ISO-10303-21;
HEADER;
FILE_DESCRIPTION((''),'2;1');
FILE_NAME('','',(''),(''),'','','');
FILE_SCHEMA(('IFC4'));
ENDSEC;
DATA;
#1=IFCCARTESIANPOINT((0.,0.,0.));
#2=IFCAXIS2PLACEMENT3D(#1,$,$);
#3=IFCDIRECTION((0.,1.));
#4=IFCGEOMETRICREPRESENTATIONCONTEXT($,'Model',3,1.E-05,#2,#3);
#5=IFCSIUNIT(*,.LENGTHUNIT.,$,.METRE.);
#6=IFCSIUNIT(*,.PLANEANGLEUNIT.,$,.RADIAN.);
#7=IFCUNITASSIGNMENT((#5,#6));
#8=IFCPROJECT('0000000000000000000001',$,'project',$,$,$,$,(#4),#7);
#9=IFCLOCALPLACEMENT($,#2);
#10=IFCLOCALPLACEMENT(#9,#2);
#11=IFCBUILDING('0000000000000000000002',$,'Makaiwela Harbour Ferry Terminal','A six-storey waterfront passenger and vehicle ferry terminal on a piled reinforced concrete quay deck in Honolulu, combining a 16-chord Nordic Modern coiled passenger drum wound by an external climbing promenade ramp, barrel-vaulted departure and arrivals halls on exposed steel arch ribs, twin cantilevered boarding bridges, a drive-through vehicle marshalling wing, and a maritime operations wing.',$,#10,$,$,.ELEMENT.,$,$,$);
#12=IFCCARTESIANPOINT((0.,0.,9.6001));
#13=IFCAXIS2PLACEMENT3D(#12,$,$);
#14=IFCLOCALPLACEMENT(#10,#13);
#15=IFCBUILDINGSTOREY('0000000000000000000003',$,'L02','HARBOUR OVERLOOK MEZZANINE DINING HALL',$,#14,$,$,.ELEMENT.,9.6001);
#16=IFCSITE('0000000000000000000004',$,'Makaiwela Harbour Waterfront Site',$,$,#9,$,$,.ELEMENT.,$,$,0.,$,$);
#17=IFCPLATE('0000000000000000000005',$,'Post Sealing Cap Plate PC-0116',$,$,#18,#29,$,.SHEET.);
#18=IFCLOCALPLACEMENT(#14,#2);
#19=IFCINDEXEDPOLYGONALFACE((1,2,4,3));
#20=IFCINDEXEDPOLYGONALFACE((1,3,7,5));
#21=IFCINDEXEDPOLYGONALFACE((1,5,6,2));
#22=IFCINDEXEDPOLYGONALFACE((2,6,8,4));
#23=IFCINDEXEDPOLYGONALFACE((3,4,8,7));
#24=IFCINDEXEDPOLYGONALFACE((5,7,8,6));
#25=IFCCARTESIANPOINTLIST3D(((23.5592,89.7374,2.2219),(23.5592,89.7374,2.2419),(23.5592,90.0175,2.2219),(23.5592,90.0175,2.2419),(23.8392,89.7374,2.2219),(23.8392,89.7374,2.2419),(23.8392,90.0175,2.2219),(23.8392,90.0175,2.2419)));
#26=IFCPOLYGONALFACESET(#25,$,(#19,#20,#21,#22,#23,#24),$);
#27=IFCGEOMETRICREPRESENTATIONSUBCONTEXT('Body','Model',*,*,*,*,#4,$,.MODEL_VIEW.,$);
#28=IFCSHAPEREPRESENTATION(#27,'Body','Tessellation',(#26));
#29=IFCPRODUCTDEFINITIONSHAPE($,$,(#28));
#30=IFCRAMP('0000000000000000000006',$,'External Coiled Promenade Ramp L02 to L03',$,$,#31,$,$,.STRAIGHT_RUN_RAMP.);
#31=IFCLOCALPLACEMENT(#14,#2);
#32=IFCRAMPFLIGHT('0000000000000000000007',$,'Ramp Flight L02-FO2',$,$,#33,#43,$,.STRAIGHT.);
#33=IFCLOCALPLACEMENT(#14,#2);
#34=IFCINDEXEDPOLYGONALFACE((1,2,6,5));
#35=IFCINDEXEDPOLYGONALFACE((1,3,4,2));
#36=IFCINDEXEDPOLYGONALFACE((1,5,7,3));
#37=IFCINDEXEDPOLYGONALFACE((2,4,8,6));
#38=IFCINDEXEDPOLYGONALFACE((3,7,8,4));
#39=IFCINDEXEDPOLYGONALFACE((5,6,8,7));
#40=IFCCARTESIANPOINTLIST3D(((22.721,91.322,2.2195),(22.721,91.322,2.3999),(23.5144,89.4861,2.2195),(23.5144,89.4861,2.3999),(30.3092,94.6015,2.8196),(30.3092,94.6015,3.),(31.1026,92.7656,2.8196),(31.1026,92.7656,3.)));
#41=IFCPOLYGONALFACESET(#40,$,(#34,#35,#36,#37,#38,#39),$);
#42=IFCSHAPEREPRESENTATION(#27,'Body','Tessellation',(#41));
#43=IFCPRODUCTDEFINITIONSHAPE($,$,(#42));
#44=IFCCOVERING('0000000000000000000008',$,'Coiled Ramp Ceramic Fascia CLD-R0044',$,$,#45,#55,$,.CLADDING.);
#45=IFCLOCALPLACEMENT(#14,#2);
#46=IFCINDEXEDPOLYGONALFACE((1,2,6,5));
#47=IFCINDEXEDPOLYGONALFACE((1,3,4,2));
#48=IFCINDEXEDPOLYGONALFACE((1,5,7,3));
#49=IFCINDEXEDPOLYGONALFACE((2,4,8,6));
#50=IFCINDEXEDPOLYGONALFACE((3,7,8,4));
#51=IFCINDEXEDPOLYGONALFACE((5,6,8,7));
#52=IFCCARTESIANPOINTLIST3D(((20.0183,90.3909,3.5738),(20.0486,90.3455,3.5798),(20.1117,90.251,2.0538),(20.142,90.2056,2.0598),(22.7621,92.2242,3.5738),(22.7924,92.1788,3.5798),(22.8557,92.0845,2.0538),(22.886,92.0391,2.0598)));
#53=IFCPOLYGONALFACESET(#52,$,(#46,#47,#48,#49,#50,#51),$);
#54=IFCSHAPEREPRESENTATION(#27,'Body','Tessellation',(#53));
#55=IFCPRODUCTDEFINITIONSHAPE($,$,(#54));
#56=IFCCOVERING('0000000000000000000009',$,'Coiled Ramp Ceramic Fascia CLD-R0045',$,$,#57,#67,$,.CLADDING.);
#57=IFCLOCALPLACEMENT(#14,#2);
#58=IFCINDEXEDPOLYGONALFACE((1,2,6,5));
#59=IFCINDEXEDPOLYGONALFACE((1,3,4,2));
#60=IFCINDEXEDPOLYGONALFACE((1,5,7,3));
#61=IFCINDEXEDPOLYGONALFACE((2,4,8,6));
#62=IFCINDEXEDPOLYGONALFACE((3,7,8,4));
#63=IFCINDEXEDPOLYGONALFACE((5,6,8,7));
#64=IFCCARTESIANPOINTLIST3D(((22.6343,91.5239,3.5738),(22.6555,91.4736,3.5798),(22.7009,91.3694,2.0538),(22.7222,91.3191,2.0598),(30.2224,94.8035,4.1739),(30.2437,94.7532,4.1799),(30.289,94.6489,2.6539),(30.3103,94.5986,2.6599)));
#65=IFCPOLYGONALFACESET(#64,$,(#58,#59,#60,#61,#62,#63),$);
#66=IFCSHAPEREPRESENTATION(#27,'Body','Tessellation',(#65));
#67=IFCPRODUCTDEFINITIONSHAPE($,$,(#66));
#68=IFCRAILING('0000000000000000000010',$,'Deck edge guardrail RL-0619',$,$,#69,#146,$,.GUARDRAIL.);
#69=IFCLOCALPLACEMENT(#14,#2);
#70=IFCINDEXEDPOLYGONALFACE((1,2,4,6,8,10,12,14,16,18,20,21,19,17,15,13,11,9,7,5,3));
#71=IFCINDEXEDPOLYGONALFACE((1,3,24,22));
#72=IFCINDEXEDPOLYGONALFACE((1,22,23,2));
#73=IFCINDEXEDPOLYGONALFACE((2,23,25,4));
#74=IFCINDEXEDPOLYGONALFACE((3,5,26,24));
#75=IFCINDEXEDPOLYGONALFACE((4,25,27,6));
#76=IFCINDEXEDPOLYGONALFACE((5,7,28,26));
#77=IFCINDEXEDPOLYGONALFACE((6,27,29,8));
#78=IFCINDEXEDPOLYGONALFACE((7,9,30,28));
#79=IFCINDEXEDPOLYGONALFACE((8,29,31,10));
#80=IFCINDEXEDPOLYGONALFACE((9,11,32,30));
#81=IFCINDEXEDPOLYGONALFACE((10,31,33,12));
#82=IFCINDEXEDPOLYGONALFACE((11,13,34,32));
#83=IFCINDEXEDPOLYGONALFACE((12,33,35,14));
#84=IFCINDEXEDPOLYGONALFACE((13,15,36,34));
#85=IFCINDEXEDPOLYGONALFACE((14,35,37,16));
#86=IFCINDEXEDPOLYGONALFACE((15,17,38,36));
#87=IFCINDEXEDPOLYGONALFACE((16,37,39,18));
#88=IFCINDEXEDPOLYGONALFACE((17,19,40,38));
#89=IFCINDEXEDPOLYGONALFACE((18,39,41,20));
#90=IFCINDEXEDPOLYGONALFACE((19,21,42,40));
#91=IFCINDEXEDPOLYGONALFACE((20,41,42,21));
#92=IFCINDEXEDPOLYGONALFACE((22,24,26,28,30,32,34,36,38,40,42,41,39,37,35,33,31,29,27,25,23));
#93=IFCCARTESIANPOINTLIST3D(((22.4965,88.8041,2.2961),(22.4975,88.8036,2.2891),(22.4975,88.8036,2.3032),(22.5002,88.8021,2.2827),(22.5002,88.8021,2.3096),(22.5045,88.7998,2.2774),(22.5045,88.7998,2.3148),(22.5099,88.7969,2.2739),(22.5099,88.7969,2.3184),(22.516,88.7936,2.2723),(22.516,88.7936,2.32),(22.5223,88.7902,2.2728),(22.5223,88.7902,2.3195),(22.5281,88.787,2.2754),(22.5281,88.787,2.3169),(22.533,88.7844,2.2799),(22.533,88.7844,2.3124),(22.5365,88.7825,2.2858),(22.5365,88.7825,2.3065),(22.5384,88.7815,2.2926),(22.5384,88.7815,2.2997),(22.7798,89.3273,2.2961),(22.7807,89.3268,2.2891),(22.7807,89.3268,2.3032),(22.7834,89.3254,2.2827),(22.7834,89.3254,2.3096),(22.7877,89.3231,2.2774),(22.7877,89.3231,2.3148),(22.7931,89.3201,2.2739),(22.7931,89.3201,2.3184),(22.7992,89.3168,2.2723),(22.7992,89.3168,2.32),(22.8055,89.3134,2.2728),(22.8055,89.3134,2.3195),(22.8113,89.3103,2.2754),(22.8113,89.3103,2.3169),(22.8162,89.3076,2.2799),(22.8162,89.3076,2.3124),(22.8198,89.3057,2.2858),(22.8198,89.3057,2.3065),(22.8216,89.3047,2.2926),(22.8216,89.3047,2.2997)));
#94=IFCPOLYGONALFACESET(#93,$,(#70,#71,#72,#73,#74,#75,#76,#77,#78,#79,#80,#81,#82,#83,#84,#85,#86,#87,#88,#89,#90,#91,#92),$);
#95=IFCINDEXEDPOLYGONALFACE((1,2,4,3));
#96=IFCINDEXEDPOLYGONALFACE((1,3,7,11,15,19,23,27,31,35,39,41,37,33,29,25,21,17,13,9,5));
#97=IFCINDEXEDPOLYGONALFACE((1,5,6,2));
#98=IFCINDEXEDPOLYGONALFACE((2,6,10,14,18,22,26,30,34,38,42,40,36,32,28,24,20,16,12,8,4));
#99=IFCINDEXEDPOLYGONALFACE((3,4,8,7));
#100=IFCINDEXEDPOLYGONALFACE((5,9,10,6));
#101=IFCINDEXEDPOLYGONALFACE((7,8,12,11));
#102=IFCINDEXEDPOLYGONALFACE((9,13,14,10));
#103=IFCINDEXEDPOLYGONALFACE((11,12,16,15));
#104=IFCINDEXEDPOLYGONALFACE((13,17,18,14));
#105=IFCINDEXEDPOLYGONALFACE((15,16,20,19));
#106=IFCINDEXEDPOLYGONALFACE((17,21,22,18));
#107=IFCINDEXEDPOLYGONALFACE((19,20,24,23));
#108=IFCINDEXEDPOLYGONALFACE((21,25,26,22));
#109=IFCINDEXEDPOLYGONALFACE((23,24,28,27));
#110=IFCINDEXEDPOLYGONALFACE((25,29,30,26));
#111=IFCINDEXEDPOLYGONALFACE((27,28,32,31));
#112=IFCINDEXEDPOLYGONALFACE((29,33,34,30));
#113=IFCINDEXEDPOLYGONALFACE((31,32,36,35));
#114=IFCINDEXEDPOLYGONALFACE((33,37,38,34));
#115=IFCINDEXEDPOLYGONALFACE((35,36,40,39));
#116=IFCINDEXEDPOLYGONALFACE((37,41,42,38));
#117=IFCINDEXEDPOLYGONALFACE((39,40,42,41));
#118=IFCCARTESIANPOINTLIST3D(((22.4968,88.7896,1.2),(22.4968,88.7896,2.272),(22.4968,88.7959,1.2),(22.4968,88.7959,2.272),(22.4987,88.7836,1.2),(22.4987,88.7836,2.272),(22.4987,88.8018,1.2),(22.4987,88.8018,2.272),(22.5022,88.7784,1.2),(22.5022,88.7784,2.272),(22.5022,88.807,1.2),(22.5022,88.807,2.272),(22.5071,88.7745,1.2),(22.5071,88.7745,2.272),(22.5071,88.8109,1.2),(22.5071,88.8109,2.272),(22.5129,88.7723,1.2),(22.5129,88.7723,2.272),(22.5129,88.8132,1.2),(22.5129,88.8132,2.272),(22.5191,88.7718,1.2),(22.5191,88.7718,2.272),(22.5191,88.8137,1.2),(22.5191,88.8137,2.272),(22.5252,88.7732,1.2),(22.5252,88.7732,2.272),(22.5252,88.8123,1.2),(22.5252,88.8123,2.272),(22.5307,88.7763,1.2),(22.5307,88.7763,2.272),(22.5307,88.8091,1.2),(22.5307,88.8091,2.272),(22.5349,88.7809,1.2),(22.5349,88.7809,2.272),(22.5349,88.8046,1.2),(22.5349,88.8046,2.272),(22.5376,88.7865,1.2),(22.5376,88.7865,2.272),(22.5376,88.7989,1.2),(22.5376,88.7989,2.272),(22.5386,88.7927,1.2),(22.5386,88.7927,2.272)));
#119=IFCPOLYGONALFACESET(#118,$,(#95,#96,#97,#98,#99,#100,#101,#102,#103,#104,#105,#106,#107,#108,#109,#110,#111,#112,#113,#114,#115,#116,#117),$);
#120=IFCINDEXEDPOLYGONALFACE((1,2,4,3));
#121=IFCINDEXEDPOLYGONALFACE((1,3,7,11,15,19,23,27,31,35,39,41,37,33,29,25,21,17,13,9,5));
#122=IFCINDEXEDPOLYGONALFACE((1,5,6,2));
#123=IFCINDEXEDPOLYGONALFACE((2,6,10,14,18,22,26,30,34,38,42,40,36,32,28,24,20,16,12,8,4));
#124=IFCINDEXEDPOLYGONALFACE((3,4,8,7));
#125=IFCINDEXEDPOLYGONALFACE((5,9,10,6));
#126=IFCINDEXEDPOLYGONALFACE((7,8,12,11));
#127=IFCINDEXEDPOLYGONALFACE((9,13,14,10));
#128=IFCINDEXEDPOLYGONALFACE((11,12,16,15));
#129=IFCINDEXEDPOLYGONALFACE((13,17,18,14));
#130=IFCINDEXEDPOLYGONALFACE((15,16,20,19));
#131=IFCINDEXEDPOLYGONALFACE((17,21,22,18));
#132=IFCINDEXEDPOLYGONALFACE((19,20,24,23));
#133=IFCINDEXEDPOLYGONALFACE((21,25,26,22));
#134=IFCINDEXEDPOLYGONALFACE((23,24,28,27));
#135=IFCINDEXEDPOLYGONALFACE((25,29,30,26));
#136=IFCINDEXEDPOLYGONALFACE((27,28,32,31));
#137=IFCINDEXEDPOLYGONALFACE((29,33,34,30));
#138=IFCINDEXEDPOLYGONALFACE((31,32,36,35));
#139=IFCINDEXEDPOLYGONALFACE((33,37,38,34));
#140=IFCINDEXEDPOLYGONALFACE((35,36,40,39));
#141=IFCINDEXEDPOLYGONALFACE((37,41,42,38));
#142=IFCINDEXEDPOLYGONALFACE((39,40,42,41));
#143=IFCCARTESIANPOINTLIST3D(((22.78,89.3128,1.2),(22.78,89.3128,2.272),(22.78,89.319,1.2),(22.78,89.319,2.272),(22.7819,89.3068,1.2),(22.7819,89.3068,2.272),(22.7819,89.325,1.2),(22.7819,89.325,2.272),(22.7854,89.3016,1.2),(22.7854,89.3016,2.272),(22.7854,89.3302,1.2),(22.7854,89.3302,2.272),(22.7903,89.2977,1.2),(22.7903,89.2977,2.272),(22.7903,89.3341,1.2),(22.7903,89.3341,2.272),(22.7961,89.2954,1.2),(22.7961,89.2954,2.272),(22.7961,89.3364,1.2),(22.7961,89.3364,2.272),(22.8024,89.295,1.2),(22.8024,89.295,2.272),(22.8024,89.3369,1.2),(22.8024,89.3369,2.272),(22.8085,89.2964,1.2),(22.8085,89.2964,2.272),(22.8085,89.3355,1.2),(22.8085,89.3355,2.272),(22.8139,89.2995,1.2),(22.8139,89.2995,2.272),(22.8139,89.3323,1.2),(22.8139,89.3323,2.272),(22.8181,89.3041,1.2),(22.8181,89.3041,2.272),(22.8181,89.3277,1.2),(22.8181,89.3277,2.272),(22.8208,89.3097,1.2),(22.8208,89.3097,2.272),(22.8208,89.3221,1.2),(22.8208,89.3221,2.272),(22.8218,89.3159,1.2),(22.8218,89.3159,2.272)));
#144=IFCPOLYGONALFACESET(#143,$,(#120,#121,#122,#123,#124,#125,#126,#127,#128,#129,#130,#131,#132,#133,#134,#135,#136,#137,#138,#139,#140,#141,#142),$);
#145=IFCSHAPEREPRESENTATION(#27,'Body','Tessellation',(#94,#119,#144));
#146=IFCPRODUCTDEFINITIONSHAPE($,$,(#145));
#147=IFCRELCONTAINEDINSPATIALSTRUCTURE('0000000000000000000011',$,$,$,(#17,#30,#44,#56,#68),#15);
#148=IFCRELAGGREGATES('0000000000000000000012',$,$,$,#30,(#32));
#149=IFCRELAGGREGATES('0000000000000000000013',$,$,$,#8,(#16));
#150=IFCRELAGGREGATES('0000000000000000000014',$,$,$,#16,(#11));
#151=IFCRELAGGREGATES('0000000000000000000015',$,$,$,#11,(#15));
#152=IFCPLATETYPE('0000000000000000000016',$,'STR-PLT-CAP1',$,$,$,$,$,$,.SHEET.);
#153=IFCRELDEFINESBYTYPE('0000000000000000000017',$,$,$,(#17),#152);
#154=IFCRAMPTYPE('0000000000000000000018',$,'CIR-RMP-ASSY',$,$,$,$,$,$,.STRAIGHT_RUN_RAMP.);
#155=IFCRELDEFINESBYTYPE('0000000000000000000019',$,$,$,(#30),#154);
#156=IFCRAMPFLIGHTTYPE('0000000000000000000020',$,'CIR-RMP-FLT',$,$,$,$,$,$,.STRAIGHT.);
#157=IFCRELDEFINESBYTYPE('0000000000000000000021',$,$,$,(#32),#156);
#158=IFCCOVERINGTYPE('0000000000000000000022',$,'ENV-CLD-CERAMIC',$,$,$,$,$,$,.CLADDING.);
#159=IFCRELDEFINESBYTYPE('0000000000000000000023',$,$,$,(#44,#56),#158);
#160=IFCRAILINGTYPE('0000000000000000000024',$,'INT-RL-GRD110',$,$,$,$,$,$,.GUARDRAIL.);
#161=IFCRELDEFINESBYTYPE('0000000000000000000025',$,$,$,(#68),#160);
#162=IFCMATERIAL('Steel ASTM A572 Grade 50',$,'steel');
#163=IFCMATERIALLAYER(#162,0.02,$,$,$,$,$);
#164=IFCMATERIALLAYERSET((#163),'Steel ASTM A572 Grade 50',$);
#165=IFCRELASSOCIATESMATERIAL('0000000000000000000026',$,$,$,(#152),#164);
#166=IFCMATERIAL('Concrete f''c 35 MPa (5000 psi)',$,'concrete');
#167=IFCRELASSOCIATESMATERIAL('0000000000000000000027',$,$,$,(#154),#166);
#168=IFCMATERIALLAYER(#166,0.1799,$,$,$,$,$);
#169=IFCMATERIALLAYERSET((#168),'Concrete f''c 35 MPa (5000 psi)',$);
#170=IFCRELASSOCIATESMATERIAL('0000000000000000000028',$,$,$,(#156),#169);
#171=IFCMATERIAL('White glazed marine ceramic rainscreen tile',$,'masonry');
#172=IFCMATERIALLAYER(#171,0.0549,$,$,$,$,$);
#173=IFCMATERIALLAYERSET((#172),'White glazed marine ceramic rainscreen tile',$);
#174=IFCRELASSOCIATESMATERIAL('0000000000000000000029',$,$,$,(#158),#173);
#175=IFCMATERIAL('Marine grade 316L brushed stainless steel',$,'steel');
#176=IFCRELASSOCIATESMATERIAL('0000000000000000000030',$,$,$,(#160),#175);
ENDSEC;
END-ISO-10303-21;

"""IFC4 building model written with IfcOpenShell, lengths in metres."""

from ifc_helpers import new_model, si_unit, direction, frame, origin, origin_2d, place, context, subcontext, project, spatial, polyline, rectangle, circle, outline, extrude, material, layer, layer_set, type_object, element, aggregate, save


model = new_model("IFC4")

# Units and contexts
model_context = context("Model", 3, precision=1e-05, world=origin(), true_north=direction((0.0, 1.0)))
body_context = subcontext(model_context, "Body", "Model", "MODEL_VIEW")
ifc_project = project(units=[si_unit("LENGTHUNIT", "METRE"), si_unit("PLANEANGLEUNIT", "RADIAN")], contexts=[model_context])

# Site, building, storey
site_placement = place(None, origin())
site = spatial("IfcSite", under=ifc_project, at=site_placement, Name="Makaiwela Harbour Waterfront Site", CompositionType="ELEMENT", RefElevation=0.0)
building_placement = place(site_placement, origin())
building = spatial("IfcBuilding", under=site, at=building_placement, Name="Makaiwela Harbour Ferry Terminal", Description="A six-storey waterfront passenger and vehicle ferry terminal on a piled reinforced concrete quay deck in Honolulu, combining a 16-chord Nordic Modern coiled passenger drum wound by an external climbing promenade ramp, barrel-vaulted departure and arrivals halls on exposed steel arch ribs, twin cantilevered boarding bridges, a drive-through vehicle marshalling wing, and a maritime operations wing.", CompositionType="ELEMENT")
storey_placement = place(building_placement, frame((0.0, 0.0, 9.6001)))
storey = spatial("IfcBuildingStorey", under=building, at=storey_placement, Name="L02", Description="HARBOUR OVERLOOK MEZZANINE DINING HALL", CompositionType="ELEMENT", Elevation=9.6001)

# Plate
ifc_material_1 = material(Name="Steel ASTM A572 Grade 50", Category="steel")
ifc_layer_1 = layer(ifc_material_1, 0.02)
ifc_layer_set_1 = layer_set([ifc_layer_1], Name="Steel ASTM A572 Grade 50")
plate_type = type_object("IfcPlateType", Name="STR-PLT-CAP1", PredefinedType="SHEET", material=ifc_layer_set_1)
for number, where, z_axis, x_axis, name in (
    (1, (23.6992, 89.8774, 2.2219), (0.0, 0.0, 1.0), (1.0, 0.0, 0.0), "Post Sealing Cap Plate PC-0116"),
):
    element("IfcPlate", number, at=place(storey_placement, frame(where, z_axis=z_axis, x_axis=x_axis)), inside=storey, type_object=plate_type, Name=name, PredefinedType="SHEET", context=body_context, shape_type="SweptSolid", body=[
        extrude(rectangle(XDim=0.28, YDim=0.28, at=origin_2d()), origin(), (0.0, 0.0, 1.0), 0.02),
    ])

# Ramp, ramp flight
ifc_material_2 = material(Name="Concrete f'c 35 MPa (5000 psi)", Category="concrete")
ramp_type = type_object("IfcRampType", Name="CIR-RMP-ASSY", PredefinedType="STRAIGHT_RUN_RAMP", material=ifc_material_2)
ramp_placement = place(storey_placement, origin())
ramp = element("IfcRamp", 2, at=ramp_placement, inside=storey, type_object=ramp_type, Name="External Coiled Promenade Ramp L02 to L03", PredefinedType="STRAIGHT_RUN_RAMP")
ifc_layer_2 = layer(ifc_material_2, 0.1799)
ifc_layer_set_2 = layer_set([ifc_layer_2], Name="Concrete f'c 35 MPa (5000 psi)")
ramp_flight_type = type_object("IfcRampFlightType", Name="CIR-RMP-FLT", PredefinedType="STRAIGHT", material=ifc_layer_set_2)
ramp_flight_placement = place(storey_placement, frame((23.1177, 90.4041, 2.3999), z_axis=(0.0, 0.0, 1.0), x_axis=(0.917942, 0.396715, 0.0)))
ramp_flight = element("IfcRampFlight", 3, at=ramp_flight_placement, type_object=ramp_flight_type, Name="Ramp Flight L02-FO2", PredefinedType="STRAIGHT", context=body_context, shape_type="SweptSolid", body=[
    extrude(outline(polyline([(0.0, 0.0), (8.2666, 0.6001), (8.2666, 0.4197), (0.0, -0.1804), (0.0, 0.0)])), frame((0.0, 1.0, 0.0), z_axis=(0.0, -1.0, 0.0), x_axis=(1.0, 0.0, 0.0)), (0.0, 0.0, 1.0), 2.0),
])
aggregate(ramp, [ramp_flight])

# Coverings
ifc_material_3 = material(Name="White glazed marine ceramic rainscreen tile", Category="masonry")
ifc_layer_3 = layer(ifc_material_3, 0.0549)
ifc_layer_set_3 = layer_set([ifc_layer_3], Name="White glazed marine ceramic rainscreen tile")
covering_type = type_object("IfcCoveringType", Name="ENV-CLD-CERAMIC", PredefinedType="CLADDING", material=ifc_layer_set_3)
covering_1_placement = place(storey_placement, frame((22.886, 92.0391, 2.0598), z_axis=(0.552193, -0.826433, 0.109962), x_axis=(-0.831475, -0.555562, -0.000003)))
element("IfcCovering", 4, at=covering_1_placement, inside=storey, type_object=covering_type, Name="Coiled Ramp Ceramic Fascia CLD-R0044", PredefinedType="CLADDING", context=body_context, shape_type="SweptSolid", body=[
    extrude(outline(polyline([(0.0, 0.0), (3.3001, 0.0), (3.3001, -1.5293), (0.0002, -1.5293), (0.0, 0.0)])), origin(), (0.0, 0.0, -1.0), 0.0549),
])
covering_2_placement = place(storey_placement, frame((22.7222, 91.3191, 2.0598), z_axis=(0.386971, -0.915502, 0.110047), x_axis=(0.915528, 0.395685, 0.072403)))
element("IfcCovering", 5, at=covering_2_placement, inside=storey, type_object=covering_type, Name="Coiled Ramp Ceramic Fascia CLD-R0045", PredefinedType="CLADDING", context=body_context, shape_type="SweptSolid", body=[
    extrude(outline(polyline([(0.0, 0.0), (8.2883, 0.0), (8.3984, 1.5253), (0.1102, 1.5253), (0.0, 0.0)])), origin(), (0.0, 0.0, -1.0), 0.0549),
])

# Railing
ifc_material_4 = material(Name="Marine grade 316L brushed stainless steel", Category="steel")
railing_type_1 = type_object("IfcRailingType", Name="INT-RL-GRD110", PredefinedType="GUARDRAIL", material=ifc_material_4)
railing_1_placement = place(storey_placement, frame((22.5176, 88.7927, 1.2)))
element("IfcRailing", 6, at=railing_1_placement, inside=storey, type_object=railing_type_1, Name="Deck edge guardrail RL-0619", PredefinedType="GUARDRAIL", context=body_context, shape_type="SweptSolid", body=[
    extrude(circle(Radius=0.0239, at=origin_2d()), frame((0.0, 0.0, 1.0962), z_axis=(0.476032, 0.879428, 0.0), x_axis=(-0.879428, 0.476032, 0.0)), (0.0, 0.0, 1.0), 0.595),
    extrude(circle(Radius=0.021, at=origin_2d()), origin(), (0.0, 0.0, 1.0), 1.072),
    extrude(circle(Radius=0.021, at=origin_2d()), frame((0.2832, 0.5232, 0.0)), (0.0, 0.0, 1.0), 1.072),
])

save(model, "model.ifc")
